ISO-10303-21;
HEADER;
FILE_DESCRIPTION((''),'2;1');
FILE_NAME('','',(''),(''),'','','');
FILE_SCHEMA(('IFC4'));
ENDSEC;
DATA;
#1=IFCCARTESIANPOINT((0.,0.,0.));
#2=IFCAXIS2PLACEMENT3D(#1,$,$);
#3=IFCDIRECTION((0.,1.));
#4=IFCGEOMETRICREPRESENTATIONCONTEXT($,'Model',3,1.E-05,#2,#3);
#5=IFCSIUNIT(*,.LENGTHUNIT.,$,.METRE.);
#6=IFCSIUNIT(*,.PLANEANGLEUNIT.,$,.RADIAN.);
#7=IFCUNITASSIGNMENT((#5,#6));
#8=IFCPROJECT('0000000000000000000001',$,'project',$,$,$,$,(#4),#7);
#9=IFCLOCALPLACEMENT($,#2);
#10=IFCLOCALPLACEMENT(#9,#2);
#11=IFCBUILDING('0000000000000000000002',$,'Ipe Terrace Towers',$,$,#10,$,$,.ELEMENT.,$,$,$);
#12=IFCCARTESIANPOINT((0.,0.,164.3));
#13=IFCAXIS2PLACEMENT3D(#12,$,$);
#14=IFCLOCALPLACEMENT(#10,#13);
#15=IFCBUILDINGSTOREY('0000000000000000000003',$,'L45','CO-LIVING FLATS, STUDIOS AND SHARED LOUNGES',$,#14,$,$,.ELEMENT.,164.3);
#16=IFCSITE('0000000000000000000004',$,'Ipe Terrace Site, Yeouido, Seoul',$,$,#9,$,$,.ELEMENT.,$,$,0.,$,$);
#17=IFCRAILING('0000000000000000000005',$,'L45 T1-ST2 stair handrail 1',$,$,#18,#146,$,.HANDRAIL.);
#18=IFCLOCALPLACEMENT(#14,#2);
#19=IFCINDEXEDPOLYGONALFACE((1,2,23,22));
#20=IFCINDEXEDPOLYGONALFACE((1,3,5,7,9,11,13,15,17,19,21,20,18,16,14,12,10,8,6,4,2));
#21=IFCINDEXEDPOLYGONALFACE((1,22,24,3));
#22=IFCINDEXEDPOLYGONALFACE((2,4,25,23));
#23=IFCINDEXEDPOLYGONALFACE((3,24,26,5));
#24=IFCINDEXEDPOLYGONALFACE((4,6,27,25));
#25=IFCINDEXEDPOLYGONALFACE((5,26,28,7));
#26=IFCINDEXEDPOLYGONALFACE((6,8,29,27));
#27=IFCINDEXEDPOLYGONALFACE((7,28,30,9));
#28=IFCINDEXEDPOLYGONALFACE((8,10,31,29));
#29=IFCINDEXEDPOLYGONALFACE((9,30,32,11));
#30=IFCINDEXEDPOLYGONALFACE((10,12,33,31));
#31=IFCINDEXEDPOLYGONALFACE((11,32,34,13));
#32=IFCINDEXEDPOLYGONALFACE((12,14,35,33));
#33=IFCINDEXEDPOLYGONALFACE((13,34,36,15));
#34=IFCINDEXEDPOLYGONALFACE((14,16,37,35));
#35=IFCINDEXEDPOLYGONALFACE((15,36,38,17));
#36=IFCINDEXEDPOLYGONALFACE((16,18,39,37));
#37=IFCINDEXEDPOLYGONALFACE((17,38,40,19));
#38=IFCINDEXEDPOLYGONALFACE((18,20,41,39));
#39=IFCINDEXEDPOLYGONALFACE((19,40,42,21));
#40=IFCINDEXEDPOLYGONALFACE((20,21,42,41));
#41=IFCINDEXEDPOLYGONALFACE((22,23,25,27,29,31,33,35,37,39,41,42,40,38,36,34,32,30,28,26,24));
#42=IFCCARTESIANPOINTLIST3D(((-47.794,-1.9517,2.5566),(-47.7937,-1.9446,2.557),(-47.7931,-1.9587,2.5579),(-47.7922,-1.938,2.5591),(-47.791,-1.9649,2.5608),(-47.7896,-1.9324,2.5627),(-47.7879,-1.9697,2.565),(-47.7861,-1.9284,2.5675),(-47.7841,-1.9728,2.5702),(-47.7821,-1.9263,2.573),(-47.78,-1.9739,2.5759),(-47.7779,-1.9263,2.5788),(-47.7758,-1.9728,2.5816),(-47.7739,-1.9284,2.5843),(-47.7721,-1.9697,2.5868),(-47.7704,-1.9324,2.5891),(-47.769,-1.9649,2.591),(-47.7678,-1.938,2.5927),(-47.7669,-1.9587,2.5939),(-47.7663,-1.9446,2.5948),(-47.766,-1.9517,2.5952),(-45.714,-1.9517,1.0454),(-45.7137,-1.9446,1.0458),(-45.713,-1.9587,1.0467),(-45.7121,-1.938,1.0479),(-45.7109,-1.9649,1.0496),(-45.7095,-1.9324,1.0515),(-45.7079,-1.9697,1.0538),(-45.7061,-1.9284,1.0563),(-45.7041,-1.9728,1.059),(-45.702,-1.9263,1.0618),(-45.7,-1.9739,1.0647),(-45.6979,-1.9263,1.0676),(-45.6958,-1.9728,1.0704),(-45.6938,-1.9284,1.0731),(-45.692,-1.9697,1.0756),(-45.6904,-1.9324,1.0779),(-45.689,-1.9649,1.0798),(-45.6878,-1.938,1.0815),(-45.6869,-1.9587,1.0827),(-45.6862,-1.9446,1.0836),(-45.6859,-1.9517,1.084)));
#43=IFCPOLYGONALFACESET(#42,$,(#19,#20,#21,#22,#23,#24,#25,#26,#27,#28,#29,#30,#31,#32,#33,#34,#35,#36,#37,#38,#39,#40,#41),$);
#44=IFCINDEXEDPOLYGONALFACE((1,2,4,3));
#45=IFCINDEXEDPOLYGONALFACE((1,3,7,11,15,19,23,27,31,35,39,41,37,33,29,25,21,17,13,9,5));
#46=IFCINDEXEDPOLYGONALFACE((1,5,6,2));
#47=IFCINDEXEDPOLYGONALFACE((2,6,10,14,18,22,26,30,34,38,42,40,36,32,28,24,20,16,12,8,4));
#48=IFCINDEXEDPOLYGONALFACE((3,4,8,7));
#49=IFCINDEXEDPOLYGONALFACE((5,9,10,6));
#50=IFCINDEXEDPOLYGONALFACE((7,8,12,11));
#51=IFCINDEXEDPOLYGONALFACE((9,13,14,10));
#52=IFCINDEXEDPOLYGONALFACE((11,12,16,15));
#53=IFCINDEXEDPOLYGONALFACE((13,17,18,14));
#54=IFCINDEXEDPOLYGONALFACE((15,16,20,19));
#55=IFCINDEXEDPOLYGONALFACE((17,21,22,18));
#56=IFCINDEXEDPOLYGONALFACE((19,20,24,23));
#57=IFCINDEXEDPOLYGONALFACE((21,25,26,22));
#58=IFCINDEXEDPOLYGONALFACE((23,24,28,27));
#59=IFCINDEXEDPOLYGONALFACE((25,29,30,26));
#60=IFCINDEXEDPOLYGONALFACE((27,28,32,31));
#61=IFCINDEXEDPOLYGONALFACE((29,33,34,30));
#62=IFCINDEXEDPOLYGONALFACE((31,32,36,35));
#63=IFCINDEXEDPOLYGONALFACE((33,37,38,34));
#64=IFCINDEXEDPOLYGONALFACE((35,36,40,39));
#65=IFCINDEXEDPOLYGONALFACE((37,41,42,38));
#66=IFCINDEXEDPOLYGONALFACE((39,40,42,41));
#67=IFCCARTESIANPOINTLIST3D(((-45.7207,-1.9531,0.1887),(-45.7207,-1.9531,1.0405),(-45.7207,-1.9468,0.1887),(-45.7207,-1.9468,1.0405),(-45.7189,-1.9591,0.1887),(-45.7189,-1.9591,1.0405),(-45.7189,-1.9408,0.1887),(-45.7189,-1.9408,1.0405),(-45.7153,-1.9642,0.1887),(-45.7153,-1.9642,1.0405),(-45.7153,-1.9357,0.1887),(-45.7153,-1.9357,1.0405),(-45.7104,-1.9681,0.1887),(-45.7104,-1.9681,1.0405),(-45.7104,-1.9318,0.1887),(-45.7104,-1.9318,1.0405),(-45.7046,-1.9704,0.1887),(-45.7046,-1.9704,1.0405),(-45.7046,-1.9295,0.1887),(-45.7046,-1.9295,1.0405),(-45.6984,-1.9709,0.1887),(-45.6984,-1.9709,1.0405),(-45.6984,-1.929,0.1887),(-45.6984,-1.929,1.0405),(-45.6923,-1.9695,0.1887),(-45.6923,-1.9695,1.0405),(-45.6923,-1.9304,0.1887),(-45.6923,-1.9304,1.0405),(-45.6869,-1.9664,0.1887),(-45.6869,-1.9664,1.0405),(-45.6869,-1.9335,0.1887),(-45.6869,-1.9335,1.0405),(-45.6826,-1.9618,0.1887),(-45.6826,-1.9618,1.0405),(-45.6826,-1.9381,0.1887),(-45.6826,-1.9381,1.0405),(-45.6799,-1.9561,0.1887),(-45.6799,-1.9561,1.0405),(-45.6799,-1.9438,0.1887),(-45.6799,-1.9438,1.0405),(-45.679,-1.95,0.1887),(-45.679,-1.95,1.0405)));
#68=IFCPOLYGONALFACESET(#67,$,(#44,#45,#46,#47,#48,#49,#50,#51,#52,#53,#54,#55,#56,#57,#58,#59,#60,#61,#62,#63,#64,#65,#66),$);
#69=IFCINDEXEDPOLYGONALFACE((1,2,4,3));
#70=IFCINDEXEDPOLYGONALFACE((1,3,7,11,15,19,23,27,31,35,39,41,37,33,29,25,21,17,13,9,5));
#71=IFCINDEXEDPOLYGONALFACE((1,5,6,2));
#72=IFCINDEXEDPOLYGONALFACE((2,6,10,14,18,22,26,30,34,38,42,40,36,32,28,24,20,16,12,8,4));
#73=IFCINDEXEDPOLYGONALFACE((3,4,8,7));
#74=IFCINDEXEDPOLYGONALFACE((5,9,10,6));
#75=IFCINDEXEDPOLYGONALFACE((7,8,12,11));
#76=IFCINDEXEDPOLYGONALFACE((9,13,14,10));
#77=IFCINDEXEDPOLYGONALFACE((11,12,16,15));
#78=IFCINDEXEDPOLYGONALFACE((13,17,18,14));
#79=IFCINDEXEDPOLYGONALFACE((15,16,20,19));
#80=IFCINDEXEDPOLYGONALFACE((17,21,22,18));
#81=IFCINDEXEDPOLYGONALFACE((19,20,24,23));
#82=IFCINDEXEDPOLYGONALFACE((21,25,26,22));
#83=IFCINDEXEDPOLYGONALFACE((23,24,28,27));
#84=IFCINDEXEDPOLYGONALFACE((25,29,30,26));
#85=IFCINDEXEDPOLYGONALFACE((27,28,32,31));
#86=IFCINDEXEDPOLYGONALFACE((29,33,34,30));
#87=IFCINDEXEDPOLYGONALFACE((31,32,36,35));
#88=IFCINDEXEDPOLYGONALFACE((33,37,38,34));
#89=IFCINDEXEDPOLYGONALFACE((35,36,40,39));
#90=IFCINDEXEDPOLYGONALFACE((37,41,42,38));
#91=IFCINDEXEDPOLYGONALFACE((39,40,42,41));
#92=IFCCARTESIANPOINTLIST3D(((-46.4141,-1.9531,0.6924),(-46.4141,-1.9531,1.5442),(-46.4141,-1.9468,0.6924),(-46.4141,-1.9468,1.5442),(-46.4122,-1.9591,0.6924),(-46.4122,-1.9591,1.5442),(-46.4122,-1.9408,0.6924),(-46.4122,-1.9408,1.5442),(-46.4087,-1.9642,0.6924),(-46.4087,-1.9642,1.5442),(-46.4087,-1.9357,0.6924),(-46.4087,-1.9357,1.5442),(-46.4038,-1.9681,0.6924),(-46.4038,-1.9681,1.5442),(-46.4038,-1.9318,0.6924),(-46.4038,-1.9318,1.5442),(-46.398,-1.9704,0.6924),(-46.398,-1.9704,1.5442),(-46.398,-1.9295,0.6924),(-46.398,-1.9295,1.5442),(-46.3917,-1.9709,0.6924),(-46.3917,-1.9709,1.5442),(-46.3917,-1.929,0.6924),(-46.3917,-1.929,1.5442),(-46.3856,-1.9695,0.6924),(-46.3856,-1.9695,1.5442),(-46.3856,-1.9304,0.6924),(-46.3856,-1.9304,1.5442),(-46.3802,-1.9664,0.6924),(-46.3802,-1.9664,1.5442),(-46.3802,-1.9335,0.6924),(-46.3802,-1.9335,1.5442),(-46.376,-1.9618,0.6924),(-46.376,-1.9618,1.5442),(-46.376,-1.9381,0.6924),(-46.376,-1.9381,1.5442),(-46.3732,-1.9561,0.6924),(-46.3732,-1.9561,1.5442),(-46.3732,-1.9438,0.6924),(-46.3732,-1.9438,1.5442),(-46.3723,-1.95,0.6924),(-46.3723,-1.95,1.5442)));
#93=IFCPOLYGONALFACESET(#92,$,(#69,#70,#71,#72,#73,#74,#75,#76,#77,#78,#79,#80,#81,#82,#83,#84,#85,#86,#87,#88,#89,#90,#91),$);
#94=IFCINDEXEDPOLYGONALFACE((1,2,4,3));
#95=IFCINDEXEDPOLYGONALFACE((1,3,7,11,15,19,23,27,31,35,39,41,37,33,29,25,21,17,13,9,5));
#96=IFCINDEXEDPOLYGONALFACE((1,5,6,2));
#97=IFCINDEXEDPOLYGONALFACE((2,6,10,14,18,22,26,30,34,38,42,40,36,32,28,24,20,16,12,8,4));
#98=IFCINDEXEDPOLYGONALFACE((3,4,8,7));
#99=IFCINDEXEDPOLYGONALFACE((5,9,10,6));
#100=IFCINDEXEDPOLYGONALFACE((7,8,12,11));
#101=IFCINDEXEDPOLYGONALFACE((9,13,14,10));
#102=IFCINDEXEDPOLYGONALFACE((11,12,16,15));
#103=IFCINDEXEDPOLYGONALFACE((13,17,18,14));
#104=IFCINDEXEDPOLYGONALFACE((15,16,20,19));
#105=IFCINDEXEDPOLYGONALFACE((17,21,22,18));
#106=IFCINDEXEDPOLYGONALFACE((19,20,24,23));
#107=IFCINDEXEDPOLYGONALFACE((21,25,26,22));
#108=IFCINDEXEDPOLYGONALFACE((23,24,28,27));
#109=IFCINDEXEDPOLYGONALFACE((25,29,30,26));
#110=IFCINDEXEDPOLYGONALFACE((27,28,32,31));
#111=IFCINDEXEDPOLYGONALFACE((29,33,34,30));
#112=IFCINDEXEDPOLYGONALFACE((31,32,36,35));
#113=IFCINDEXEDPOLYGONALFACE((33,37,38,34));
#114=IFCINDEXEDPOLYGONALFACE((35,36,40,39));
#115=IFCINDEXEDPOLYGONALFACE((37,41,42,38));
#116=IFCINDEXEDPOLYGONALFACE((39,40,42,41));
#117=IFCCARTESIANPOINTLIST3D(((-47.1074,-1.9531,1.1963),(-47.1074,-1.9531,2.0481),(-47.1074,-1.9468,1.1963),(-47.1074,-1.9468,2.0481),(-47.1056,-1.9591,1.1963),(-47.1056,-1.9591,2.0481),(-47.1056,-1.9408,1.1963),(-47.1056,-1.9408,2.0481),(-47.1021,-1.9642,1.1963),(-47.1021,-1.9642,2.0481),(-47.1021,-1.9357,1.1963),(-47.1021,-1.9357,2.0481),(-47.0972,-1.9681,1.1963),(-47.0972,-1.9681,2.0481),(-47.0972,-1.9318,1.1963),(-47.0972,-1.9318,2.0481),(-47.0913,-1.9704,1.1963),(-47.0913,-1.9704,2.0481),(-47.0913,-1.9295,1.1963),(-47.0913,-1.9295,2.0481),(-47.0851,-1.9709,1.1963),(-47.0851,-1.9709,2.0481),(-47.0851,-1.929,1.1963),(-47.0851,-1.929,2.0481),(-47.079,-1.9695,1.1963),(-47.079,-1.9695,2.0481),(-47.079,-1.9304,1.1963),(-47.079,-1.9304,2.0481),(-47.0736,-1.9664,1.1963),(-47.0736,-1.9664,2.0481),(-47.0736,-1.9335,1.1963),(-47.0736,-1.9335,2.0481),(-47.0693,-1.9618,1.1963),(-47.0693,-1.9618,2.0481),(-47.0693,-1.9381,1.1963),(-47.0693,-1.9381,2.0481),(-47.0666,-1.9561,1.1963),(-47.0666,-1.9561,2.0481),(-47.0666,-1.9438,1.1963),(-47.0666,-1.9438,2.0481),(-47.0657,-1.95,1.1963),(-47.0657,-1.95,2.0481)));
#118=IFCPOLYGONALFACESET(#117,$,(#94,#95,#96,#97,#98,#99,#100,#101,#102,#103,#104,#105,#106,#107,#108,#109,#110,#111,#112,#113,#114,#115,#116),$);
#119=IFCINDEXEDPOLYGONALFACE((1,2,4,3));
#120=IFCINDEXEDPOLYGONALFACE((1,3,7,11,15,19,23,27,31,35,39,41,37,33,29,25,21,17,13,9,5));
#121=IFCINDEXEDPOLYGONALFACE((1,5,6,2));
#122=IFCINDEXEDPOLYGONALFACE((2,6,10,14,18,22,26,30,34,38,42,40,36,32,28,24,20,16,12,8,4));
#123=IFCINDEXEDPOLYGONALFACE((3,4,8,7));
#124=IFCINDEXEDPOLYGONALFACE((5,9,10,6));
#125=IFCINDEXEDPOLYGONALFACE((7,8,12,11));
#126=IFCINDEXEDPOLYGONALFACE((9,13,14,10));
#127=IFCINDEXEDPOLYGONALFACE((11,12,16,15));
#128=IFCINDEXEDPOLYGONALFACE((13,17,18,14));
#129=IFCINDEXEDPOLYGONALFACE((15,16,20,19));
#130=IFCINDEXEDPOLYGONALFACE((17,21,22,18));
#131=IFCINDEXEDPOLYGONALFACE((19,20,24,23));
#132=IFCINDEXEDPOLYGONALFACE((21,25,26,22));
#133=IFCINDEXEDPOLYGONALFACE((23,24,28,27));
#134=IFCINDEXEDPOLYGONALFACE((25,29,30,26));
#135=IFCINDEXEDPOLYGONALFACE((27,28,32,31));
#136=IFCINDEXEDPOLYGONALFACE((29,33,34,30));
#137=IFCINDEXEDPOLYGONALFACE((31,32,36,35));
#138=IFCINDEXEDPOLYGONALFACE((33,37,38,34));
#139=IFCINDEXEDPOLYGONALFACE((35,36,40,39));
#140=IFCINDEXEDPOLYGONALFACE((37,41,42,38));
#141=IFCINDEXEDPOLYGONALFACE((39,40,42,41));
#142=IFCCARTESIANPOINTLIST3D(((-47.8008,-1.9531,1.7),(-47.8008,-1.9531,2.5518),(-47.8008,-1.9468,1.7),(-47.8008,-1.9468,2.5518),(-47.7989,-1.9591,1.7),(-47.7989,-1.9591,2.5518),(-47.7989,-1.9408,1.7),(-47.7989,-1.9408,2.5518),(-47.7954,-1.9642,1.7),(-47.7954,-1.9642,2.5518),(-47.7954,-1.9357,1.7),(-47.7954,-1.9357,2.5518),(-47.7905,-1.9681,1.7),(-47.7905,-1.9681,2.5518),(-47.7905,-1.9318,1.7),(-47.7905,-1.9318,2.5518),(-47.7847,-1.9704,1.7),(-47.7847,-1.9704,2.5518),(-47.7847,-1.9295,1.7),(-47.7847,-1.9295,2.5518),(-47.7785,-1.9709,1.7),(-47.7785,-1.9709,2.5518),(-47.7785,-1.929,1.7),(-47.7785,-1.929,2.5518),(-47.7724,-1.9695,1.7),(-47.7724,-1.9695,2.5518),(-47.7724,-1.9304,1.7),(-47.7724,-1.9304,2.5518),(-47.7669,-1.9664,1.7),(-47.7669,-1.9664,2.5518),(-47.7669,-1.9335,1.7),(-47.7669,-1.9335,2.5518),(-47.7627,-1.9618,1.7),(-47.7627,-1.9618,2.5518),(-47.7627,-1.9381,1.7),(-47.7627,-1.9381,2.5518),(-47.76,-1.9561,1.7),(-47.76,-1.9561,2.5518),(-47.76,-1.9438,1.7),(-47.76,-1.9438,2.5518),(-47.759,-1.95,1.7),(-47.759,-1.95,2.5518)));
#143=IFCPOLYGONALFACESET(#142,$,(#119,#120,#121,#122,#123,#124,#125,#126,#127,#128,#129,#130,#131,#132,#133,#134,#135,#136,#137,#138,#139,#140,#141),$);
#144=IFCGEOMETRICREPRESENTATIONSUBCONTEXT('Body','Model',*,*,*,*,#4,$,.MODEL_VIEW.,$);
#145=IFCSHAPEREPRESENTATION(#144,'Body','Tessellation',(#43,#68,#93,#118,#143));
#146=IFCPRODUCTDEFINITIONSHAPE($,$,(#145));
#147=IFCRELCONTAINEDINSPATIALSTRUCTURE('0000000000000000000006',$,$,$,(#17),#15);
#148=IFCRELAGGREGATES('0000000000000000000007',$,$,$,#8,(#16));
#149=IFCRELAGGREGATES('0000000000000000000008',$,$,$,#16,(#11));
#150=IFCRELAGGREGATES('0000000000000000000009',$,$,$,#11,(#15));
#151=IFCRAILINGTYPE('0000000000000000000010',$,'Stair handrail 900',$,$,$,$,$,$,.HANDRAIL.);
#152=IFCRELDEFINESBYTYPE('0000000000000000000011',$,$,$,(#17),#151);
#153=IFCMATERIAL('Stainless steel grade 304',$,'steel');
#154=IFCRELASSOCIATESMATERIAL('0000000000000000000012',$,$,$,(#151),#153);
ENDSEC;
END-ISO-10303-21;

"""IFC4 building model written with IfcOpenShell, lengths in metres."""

from ifc_helpers import new_model, si_unit, direction, frame, origin, origin_2d, place, context, subcontext, project, spatial, circle, extrude, material, type_object, element, save


model = new_model("IFC4")

# Units and contexts
model_context = context("Model", 3, precision=1e-05, world=origin(), true_north=direction((0.0, 1.0)))
body_context = subcontext(model_context, "Body", "Model", "MODEL_VIEW")
ifc_project = project(units=[si_unit("LENGTHUNIT", "METRE"), si_unit("PLANEANGLEUNIT", "RADIAN")], contexts=[model_context])

# Site, building, storey
site_placement = place(None, origin())
site = spatial("IfcSite", under=ifc_project, at=site_placement, Name="Ipe Terrace Site, Yeouido, Seoul", CompositionType="ELEMENT", RefElevation=0.0)
building_placement = place(site_placement, origin())
building = spatial("IfcBuilding", under=site, at=building_placement, Name="Ipe Terrace Towers", CompositionType="ELEMENT")
storey_placement = place(building_placement, frame((0.0, 0.0, 164.3)))
storey = spatial("IfcBuildingStorey", under=building, at=storey_placement, Name="L45", Description="CO-LIVING FLATS, STUDIOS AND SHARED LOUNGES", CompositionType="ELEMENT", Elevation=164.3)

# Railing
ifc_material_1 = material(Name="Stainless steel grade 304", Category="steel")
railing_type = type_object("IfcRailingType", Name="Stair handrail 900", PredefinedType="HANDRAIL", material=ifc_material_1)
railing_placement = place(storey_placement, frame((-45.7, -1.95, 0.1887)))
element("IfcRailing", 1, at=railing_placement, inside=storey, type_object=railing_type, Name="L45 T1-ST2 stair handrail 1", PredefinedType="HANDRAIL", context=body_context, shape_type="SweptSolid", body=[
    extrude(circle(Radius=0.0239, at=origin_2d()), frame((0.0, 0.0, 0.876), z_axis=(-0.809023, 0.0, 0.587776), x_axis=(0.0, -1.0, 0.0)), (0.0, 0.0, 1.0), 2.571),
    extrude(circle(Radius=0.021, at=origin_2d()), origin(), (0.0, 0.0, 1.0), 0.8518),
    extrude(circle(Radius=0.021, at=origin_2d()), frame((-0.6934, 0.0, 0.5037)), (0.0, 0.0, 1.0), 0.8518),
    extrude(circle(Radius=0.021, at=origin_2d()), frame((-1.3867, 0.0, 1.0076)), (0.0, 0.0, 1.0), 0.8518),
    extrude(circle(Radius=0.021, at=origin_2d()), frame((-2.0801, 0.0, 1.5112)), (0.0, 0.0, 1.0), 0.8518),
])

save(model, "model.ifc")
